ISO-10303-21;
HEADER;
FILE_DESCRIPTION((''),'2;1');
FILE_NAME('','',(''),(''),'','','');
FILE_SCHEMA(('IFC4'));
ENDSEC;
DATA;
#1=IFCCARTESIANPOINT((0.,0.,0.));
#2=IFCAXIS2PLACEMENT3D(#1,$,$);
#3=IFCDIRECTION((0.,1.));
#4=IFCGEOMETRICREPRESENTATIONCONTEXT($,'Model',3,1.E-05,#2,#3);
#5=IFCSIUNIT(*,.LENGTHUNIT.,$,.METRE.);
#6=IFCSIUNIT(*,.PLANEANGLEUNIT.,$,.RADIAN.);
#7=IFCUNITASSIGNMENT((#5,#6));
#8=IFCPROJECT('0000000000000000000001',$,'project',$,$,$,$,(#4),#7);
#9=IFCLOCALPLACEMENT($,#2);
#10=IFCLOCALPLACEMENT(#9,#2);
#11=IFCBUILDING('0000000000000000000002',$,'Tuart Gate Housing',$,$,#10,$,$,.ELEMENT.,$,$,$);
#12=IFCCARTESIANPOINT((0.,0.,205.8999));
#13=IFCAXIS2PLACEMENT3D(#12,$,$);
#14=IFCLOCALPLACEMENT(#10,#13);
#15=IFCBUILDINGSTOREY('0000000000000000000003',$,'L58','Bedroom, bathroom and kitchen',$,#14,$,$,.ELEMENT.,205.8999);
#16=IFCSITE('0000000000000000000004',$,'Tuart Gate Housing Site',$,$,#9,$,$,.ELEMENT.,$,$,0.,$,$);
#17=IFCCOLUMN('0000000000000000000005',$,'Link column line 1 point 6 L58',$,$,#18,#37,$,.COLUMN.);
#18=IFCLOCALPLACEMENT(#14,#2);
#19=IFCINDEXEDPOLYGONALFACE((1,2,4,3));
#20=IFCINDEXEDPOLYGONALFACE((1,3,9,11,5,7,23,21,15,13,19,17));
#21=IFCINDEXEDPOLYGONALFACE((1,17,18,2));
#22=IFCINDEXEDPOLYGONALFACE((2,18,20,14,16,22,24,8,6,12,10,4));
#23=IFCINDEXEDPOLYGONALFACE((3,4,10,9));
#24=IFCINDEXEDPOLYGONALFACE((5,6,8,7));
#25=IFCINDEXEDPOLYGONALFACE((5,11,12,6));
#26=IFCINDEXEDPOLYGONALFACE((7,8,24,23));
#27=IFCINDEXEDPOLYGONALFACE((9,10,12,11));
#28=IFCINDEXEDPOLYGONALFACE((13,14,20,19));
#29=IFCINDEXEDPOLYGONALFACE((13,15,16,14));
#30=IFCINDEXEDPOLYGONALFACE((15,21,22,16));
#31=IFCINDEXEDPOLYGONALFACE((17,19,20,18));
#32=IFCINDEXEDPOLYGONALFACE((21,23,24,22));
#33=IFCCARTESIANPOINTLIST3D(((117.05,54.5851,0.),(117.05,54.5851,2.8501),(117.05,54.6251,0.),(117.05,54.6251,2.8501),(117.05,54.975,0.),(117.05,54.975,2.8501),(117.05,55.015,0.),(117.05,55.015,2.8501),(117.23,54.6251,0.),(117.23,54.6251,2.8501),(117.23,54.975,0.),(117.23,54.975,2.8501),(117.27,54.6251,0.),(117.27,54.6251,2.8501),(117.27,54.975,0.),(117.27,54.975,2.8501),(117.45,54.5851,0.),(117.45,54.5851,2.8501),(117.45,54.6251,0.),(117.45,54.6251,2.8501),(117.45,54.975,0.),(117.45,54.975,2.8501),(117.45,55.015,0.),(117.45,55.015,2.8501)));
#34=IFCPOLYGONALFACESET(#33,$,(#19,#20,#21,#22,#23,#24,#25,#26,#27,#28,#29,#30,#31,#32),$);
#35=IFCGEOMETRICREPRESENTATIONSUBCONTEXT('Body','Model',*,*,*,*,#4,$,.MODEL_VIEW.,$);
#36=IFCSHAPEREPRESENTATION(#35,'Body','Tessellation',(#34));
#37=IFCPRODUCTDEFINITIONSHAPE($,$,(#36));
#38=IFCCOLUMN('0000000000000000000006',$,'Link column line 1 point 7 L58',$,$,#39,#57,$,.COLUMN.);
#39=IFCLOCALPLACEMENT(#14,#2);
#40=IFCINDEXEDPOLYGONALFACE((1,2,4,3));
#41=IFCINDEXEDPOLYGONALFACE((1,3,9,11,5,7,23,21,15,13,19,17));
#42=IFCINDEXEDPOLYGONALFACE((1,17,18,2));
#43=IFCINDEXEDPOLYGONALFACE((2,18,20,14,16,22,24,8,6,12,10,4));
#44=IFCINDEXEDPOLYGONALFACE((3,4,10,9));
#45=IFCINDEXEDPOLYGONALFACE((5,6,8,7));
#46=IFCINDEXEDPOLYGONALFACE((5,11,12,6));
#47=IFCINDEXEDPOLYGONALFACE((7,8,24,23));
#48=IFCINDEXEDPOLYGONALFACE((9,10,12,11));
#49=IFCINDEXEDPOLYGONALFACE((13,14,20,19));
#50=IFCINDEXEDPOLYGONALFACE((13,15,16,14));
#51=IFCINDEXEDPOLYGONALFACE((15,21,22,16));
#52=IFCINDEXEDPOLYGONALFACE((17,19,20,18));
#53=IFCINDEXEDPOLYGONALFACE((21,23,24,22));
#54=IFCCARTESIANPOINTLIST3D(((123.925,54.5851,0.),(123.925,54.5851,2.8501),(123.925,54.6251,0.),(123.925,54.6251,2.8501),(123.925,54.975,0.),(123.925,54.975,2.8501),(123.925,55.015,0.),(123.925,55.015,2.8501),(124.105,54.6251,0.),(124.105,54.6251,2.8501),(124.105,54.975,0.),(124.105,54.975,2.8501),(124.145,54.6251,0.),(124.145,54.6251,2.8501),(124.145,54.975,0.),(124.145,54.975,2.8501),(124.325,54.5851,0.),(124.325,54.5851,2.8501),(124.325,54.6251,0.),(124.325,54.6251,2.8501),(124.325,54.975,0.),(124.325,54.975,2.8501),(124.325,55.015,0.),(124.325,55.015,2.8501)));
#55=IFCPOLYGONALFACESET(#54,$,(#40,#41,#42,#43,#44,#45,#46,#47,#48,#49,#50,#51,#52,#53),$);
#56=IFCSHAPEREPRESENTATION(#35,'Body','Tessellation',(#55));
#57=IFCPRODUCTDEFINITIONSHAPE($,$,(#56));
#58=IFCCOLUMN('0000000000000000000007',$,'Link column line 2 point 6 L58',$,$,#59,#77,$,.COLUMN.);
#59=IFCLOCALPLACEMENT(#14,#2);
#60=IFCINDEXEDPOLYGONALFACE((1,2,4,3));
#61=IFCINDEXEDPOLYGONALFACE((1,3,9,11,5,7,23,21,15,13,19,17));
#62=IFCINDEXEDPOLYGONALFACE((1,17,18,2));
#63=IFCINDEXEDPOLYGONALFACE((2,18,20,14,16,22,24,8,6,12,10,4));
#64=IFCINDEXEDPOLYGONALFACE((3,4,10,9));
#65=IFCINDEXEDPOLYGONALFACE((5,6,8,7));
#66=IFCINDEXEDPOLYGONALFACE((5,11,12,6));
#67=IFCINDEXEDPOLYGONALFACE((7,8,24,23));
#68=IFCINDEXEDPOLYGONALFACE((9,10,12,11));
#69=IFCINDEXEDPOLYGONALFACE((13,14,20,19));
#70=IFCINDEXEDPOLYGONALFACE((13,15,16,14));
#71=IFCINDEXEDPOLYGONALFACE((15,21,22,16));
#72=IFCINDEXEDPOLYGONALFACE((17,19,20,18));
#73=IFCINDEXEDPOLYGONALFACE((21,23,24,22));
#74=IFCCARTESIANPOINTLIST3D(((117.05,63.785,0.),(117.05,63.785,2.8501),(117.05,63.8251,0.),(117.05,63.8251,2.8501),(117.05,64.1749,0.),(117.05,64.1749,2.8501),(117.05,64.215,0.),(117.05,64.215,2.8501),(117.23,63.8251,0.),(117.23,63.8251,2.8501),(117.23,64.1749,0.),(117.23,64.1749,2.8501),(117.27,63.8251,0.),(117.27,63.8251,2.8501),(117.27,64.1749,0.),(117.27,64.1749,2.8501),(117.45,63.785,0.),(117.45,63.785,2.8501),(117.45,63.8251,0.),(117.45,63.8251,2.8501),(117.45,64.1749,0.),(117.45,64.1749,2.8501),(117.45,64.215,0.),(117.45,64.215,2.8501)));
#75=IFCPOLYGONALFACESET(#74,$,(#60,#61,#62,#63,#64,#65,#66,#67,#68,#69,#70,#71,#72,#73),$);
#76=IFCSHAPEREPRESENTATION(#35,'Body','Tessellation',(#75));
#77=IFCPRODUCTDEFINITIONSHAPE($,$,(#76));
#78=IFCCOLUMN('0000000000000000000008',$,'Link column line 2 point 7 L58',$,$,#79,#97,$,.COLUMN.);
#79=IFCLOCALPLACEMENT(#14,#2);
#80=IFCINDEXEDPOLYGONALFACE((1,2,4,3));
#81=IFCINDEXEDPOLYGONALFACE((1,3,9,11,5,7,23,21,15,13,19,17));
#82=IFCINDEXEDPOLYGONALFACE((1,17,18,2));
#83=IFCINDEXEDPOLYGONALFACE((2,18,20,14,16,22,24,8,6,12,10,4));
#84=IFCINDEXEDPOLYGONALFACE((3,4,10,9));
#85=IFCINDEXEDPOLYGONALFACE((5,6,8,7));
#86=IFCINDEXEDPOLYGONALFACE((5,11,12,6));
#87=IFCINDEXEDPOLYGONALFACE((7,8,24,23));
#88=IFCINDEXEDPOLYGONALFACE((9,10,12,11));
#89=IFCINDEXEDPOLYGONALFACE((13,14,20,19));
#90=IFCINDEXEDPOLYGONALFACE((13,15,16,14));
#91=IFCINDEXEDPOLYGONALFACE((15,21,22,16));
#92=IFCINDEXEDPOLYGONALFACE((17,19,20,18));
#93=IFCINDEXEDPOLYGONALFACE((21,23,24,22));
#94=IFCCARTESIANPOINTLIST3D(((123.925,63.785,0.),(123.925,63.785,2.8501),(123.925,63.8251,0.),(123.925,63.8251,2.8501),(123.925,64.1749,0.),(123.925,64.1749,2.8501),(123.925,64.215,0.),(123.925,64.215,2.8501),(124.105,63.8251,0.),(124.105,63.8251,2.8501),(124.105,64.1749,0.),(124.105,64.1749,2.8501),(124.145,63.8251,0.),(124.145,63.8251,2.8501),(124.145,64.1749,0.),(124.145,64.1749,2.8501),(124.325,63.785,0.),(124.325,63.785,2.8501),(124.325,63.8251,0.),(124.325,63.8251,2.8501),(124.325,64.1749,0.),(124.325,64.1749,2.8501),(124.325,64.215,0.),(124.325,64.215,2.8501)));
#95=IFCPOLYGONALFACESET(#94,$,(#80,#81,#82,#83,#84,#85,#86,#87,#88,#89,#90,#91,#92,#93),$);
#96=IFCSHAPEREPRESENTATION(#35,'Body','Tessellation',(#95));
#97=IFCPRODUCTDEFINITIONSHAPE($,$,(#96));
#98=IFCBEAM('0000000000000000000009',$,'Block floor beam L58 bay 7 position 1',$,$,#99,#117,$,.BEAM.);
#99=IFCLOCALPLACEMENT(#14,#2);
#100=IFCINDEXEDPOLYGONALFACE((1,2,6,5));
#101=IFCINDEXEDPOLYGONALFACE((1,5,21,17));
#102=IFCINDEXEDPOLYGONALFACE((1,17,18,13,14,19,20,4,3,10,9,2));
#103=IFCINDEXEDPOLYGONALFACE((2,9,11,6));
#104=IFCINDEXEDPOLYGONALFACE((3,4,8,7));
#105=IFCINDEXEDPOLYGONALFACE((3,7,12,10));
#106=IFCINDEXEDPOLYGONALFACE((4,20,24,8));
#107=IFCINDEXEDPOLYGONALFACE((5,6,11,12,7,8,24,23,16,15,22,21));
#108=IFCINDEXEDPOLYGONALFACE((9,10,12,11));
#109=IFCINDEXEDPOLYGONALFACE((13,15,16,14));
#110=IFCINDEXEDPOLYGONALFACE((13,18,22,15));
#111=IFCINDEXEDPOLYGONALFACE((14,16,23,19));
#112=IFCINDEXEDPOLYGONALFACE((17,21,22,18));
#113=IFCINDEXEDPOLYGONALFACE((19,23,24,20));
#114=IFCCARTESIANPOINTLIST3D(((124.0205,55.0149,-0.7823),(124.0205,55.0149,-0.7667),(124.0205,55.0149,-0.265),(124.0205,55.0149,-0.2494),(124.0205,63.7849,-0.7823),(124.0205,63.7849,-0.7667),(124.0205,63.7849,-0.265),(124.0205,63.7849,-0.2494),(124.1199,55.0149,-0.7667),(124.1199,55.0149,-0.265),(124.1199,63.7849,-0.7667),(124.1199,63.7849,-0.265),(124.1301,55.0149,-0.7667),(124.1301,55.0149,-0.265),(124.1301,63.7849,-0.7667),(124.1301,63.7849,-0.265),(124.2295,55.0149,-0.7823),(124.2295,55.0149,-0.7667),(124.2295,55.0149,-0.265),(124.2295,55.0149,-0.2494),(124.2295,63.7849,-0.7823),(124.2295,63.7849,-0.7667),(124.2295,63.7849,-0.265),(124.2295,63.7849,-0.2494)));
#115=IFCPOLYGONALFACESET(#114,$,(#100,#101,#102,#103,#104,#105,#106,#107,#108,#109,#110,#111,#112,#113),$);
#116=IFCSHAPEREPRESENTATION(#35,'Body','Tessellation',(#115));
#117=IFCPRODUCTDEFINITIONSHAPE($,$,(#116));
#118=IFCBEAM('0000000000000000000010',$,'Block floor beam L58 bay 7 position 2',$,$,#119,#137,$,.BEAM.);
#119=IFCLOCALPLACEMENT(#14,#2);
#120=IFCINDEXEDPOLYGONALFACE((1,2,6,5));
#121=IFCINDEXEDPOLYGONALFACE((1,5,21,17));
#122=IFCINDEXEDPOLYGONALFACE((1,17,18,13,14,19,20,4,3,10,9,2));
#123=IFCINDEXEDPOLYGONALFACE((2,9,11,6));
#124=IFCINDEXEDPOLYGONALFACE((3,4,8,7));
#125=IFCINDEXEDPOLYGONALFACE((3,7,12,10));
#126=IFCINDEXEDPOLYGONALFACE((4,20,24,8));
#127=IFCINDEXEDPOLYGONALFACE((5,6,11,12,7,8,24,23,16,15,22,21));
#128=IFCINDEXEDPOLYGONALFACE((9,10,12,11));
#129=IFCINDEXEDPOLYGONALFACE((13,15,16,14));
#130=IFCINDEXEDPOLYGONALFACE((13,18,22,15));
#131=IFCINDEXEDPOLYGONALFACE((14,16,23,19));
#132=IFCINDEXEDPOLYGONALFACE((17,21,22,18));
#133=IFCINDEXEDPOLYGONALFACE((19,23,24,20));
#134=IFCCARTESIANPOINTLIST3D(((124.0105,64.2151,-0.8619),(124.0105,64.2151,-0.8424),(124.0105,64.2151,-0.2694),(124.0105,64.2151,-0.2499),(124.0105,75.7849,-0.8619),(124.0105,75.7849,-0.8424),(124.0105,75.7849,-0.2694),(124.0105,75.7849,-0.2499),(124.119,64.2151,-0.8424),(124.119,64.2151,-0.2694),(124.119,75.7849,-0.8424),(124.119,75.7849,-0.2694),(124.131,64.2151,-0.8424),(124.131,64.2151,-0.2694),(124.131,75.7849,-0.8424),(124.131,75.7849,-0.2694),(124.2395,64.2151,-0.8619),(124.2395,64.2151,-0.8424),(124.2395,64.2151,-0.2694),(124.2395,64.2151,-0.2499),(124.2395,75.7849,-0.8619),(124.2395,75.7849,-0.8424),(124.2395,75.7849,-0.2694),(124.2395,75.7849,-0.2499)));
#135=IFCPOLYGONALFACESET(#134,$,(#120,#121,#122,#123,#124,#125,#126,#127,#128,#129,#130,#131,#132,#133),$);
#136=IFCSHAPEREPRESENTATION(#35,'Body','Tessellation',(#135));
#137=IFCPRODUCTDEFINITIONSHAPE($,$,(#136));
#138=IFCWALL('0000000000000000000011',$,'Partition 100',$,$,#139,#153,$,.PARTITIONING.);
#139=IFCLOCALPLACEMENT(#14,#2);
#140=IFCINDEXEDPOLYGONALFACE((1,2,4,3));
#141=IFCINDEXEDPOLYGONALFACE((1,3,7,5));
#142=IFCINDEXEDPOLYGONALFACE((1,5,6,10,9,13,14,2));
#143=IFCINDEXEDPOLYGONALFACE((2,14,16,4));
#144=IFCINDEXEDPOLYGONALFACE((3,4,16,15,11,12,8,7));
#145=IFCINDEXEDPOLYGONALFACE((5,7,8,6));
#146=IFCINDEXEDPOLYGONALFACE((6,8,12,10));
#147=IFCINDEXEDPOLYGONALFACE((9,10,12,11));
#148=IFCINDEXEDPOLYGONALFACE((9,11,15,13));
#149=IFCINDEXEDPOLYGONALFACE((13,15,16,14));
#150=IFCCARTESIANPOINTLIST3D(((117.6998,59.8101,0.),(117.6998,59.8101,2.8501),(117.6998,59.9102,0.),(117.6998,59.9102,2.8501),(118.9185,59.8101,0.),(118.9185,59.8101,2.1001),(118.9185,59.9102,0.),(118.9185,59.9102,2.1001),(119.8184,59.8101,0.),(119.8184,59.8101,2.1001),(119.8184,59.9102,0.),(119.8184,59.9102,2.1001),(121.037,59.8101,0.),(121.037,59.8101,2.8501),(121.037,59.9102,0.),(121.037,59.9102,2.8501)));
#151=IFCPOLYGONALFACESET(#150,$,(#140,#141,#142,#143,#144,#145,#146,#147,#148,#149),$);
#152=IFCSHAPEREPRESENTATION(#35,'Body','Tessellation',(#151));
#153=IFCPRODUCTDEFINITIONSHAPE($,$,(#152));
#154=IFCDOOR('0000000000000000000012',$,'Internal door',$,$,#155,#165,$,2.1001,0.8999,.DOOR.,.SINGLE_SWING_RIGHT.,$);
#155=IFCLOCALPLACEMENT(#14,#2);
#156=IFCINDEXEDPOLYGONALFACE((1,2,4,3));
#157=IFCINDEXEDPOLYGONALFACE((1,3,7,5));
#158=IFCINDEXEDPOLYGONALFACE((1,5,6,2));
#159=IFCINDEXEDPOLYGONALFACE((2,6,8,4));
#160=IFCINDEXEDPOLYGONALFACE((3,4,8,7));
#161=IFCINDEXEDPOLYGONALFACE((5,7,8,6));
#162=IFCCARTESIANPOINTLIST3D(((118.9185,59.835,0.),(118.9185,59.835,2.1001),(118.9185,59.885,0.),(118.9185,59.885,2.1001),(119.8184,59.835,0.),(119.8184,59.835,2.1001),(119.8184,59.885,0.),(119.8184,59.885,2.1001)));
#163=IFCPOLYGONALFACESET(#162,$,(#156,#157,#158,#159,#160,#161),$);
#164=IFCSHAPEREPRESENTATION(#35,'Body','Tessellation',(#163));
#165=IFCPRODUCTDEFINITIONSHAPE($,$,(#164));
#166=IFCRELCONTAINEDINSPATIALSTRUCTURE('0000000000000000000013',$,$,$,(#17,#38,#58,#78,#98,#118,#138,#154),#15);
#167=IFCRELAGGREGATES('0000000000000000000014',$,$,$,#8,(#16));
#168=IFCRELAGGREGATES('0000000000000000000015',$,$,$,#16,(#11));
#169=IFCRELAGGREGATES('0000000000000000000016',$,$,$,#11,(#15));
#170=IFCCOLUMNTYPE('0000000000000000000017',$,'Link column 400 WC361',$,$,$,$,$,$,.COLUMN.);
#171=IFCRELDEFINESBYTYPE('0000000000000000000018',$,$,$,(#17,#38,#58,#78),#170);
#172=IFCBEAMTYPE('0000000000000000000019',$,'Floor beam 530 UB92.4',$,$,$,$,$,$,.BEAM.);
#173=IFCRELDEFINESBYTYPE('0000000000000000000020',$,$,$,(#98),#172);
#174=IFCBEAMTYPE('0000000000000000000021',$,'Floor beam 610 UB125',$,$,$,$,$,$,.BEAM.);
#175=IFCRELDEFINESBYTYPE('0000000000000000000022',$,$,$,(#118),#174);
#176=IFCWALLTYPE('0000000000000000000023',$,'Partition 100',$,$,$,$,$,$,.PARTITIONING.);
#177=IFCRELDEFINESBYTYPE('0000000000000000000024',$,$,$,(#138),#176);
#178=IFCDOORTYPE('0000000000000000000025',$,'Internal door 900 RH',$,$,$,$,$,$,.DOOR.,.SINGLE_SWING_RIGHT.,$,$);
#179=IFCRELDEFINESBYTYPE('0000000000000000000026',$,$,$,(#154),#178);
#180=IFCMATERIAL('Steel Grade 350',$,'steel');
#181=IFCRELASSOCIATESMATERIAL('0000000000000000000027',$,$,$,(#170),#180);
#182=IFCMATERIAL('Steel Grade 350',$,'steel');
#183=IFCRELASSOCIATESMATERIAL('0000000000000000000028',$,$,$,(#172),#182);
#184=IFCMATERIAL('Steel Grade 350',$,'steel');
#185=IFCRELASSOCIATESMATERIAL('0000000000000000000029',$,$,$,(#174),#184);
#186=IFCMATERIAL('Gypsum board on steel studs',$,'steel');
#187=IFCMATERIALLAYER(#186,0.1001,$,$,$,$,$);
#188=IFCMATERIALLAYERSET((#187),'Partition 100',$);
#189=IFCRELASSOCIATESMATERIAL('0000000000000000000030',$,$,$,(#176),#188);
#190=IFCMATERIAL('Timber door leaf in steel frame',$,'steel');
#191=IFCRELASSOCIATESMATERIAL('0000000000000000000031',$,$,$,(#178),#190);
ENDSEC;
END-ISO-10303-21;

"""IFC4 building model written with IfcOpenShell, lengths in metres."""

from ifc_helpers import new_model, si_unit, direction, frame, frame_2d, origin, origin_2d, place, context, subcontext, project, spatial, rectangle, i_section, extrude, material, layer, layer_set, material_profile, profile_set, type_object, element, fill, save


model = new_model("IFC4")

# Units and contexts
model_context = context("Model", 3, precision=1e-05, world=origin(), true_north=direction((0.0, 1.0)))
body_context = subcontext(model_context, "Body", "Model", "MODEL_VIEW")
ifc_project = project(units=[si_unit("LENGTHUNIT", "METRE"), si_unit("PLANEANGLEUNIT", "RADIAN")], contexts=[model_context])

# Site, building, storey
site_placement = place(None, origin())
site = spatial("IfcSite", under=ifc_project, at=site_placement, Name="Tuart Gate Housing Site", CompositionType="ELEMENT", RefElevation=0.0)
building_placement = place(site_placement, origin())
building = spatial("IfcBuilding", under=site, at=building_placement, Name="Tuart Gate Housing", CompositionType="ELEMENT")
storey_placement = place(building_placement, frame((0.0, 0.0, 205.8999)))
storey = spatial("IfcBuildingStorey", under=building, at=storey_placement, Name="L58", Description="Bedroom, bathroom and kitchen", CompositionType="ELEMENT", Elevation=205.8999)

# Columns
ifc_material_1 = material(Name="Steel Grade 350", Category="steel")
ifc_material_profile_1 = material_profile(ifc_material_1, i_section(OverallWidth=0.3999, OverallDepth=0.4299, WebThickness=0.04, FlangeThickness=0.04, at=origin_2d()), Name="400WC361")
ifc_profile_set_1 = profile_set([ifc_material_profile_1], Name="Steel Grade 350")
column_type = type_object("IfcColumnType", Name="Link column 400 WC361", PredefinedType="COLUMN", material=ifc_profile_set_1)
for number, where, z_axis, x_axis, name in (
    (1, (117.25, 54.8, 0.0), (0.0, 0.0, 1.0), (1.0, 0.0, 0.0), "Link column line 1 point 6 L58"),
    (2, (124.125, 54.8, 0.0), (0.0, 0.0, 1.0), (1.0, 0.0, 0.0), "Link column line 1 point 7 L58"),
    (3, (117.25, 64.0, 0.0), (0.0, 0.0, 1.0), (1.0, 0.0, 0.0), "Link column line 2 point 6 L58"),
    (4, (124.125, 64.0, 0.0), (0.0, 0.0, 1.0), (1.0, 0.0, 0.0), "Link column line 2 point 7 L58"),
):
    element("IfcColumn", number, at=place(storey_placement, frame(where, z_axis=z_axis, x_axis=x_axis)), inside=storey, type_object=column_type, Name=name, PredefinedType="COLUMN", context=body_context, shape_type="SweptSolid", body=[
        extrude(i_section(OverallWidth=0.3999, OverallDepth=0.4299, WebThickness=0.04, FlangeThickness=0.04, at=origin_2d()), origin(), (0.0, 0.0, 1.0), 2.8501),
    ])

# Beams
ifc_material_2 = material(Name="Steel Grade 350", Category="steel")
ifc_material_profile_2 = material_profile(ifc_material_2, i_section(OverallWidth=0.209, OverallDepth=0.533, WebThickness=0.0103, FlangeThickness=0.0156, at=origin_2d()), Name="530UB92.4")
ifc_profile_set_2 = profile_set([ifc_material_profile_2], Name="Steel Grade 350")
beam_type_1 = type_object("IfcBeamType", Name="Floor beam 530 UB92.4", PredefinedType="BEAM", material=ifc_profile_set_2)
beam_1_placement = place(storey_placement, frame((124.125, 55.0149, -0.5159), z_axis=(0.0, 1.0, 0.0), x_axis=(-1.0, 0.0, 0.0)))
element("IfcBeam", 5, at=beam_1_placement, inside=storey, type_object=beam_type_1, Name="Block floor beam L58 bay 7 position 1", PredefinedType="BEAM", context=body_context, shape_type="SweptSolid", body=[
    extrude(i_section(OverallWidth=0.209, OverallDepth=0.533, WebThickness=0.0103, FlangeThickness=0.0156, at=origin_2d()), origin(), (0.0, 0.0, 1.0), 8.77),
])
ifc_material_3 = material(Name="Steel Grade 350", Category="steel")
ifc_material_profile_3 = material_profile(ifc_material_3, i_section(OverallWidth=0.229, OverallDepth=0.6121, WebThickness=0.012, FlangeThickness=0.0195, at=origin_2d()), Name="610UB125")
ifc_profile_set_3 = profile_set([ifc_material_profile_3], Name="Steel Grade 350")
beam_type_2 = type_object("IfcBeamType", Name="Floor beam 610 UB125", PredefinedType="BEAM", material=ifc_profile_set_3)
beam_2_placement = place(storey_placement, frame((124.125, 64.2151, -0.5559), z_axis=(0.0, 1.0, 0.0), x_axis=(-1.0, 0.0, 0.0)))
element("IfcBeam", 6, at=beam_2_placement, inside=storey, type_object=beam_type_2, Name="Block floor beam L58 bay 7 position 2", PredefinedType="BEAM", context=body_context, shape_type="SweptSolid", body=[
    extrude(i_section(OverallWidth=0.229, OverallDepth=0.6121, WebThickness=0.012, FlangeThickness=0.0195, at=origin_2d()), origin(), (0.0, 0.0, 1.0), 11.5698),
])

# Wall, opening, door
ifc_material_4 = material(Name="Gypsum board on steel studs", Category="steel")
ifc_layer_1 = layer(ifc_material_4, 0.1001)
ifc_layer_set_1 = layer_set([ifc_layer_1], Name="Partition 100")
wall_type_1 = type_object("IfcWallType", Name="Partition 100", PredefinedType="PARTITIONING", material=ifc_layer_set_1)
wall_1_placement = place(storey_placement, frame((117.7, 59.8601, 0.0), z_axis=(0.0, 0.0, 1.0), x_axis=(1.0, 0.0, 0.0)))
wall_1 = element("IfcWall", 7, at=wall_1_placement, inside=storey, type_object=wall_type_1, Name="Partition 100", PredefinedType="PARTITIONING", context=body_context, shape_type="SweptSolid", body=[
    extrude(rectangle(XDim=3.3372, YDim=0.1001, at=frame_2d((1.6685, 0.0))), origin(), (0.0, 0.0, 1.0), 2.8501),
])
opening_1_placement = place(wall_1_placement, frame((1.2185, 0.0, 0.0)))
opening_1 = element("IfcOpeningElement", 8, at=opening_1_placement, cuts=wall_1, PredefinedType="OPENING", context=body_context, shape_type="SweptSolid", body=[
    extrude(rectangle(XDim=0.8999, YDim=2.1001, at=frame_2d((0.45, 1.05))), frame((0.0, 0.0601, 0.0), z_axis=(0.0, -1.0, 0.0), x_axis=(1.0, 0.0, 0.0)), (0.0, 0.0, 1.0), 0.1201),
])
ifc_material_5 = material(Name="Timber door leaf in steel frame", Category="steel")
door_type_1 = type_object("IfcDoorType", Name="Internal door 900 RH", OperationType="SINGLE_SWING_RIGHT", PredefinedType="DOOR", material=ifc_material_5)
door_1_placement = place(opening_1_placement, origin())
door_1 = element("IfcDoor", 9, at=door_1_placement, inside=storey, type_object=door_type_1, Name="Internal door", OperationType="SINGLE_SWING_RIGHT", OverallHeight=2.1001, OverallWidth=0.8999, PredefinedType="DOOR", context=body_context, shape_type="SweptSolid", body=[
    extrude(rectangle(XDim=0.8999, YDim=2.1001, at=frame_2d((0.45, 1.05))), frame((0.0, 0.0249, 0.0), z_axis=(0.0, -1.0, 0.0), x_axis=(1.0, 0.0, 0.0)), (0.0, 0.0, 1.0), 0.05),
])
fill(opening_1, door_1)

save(model, "model.ifc")
